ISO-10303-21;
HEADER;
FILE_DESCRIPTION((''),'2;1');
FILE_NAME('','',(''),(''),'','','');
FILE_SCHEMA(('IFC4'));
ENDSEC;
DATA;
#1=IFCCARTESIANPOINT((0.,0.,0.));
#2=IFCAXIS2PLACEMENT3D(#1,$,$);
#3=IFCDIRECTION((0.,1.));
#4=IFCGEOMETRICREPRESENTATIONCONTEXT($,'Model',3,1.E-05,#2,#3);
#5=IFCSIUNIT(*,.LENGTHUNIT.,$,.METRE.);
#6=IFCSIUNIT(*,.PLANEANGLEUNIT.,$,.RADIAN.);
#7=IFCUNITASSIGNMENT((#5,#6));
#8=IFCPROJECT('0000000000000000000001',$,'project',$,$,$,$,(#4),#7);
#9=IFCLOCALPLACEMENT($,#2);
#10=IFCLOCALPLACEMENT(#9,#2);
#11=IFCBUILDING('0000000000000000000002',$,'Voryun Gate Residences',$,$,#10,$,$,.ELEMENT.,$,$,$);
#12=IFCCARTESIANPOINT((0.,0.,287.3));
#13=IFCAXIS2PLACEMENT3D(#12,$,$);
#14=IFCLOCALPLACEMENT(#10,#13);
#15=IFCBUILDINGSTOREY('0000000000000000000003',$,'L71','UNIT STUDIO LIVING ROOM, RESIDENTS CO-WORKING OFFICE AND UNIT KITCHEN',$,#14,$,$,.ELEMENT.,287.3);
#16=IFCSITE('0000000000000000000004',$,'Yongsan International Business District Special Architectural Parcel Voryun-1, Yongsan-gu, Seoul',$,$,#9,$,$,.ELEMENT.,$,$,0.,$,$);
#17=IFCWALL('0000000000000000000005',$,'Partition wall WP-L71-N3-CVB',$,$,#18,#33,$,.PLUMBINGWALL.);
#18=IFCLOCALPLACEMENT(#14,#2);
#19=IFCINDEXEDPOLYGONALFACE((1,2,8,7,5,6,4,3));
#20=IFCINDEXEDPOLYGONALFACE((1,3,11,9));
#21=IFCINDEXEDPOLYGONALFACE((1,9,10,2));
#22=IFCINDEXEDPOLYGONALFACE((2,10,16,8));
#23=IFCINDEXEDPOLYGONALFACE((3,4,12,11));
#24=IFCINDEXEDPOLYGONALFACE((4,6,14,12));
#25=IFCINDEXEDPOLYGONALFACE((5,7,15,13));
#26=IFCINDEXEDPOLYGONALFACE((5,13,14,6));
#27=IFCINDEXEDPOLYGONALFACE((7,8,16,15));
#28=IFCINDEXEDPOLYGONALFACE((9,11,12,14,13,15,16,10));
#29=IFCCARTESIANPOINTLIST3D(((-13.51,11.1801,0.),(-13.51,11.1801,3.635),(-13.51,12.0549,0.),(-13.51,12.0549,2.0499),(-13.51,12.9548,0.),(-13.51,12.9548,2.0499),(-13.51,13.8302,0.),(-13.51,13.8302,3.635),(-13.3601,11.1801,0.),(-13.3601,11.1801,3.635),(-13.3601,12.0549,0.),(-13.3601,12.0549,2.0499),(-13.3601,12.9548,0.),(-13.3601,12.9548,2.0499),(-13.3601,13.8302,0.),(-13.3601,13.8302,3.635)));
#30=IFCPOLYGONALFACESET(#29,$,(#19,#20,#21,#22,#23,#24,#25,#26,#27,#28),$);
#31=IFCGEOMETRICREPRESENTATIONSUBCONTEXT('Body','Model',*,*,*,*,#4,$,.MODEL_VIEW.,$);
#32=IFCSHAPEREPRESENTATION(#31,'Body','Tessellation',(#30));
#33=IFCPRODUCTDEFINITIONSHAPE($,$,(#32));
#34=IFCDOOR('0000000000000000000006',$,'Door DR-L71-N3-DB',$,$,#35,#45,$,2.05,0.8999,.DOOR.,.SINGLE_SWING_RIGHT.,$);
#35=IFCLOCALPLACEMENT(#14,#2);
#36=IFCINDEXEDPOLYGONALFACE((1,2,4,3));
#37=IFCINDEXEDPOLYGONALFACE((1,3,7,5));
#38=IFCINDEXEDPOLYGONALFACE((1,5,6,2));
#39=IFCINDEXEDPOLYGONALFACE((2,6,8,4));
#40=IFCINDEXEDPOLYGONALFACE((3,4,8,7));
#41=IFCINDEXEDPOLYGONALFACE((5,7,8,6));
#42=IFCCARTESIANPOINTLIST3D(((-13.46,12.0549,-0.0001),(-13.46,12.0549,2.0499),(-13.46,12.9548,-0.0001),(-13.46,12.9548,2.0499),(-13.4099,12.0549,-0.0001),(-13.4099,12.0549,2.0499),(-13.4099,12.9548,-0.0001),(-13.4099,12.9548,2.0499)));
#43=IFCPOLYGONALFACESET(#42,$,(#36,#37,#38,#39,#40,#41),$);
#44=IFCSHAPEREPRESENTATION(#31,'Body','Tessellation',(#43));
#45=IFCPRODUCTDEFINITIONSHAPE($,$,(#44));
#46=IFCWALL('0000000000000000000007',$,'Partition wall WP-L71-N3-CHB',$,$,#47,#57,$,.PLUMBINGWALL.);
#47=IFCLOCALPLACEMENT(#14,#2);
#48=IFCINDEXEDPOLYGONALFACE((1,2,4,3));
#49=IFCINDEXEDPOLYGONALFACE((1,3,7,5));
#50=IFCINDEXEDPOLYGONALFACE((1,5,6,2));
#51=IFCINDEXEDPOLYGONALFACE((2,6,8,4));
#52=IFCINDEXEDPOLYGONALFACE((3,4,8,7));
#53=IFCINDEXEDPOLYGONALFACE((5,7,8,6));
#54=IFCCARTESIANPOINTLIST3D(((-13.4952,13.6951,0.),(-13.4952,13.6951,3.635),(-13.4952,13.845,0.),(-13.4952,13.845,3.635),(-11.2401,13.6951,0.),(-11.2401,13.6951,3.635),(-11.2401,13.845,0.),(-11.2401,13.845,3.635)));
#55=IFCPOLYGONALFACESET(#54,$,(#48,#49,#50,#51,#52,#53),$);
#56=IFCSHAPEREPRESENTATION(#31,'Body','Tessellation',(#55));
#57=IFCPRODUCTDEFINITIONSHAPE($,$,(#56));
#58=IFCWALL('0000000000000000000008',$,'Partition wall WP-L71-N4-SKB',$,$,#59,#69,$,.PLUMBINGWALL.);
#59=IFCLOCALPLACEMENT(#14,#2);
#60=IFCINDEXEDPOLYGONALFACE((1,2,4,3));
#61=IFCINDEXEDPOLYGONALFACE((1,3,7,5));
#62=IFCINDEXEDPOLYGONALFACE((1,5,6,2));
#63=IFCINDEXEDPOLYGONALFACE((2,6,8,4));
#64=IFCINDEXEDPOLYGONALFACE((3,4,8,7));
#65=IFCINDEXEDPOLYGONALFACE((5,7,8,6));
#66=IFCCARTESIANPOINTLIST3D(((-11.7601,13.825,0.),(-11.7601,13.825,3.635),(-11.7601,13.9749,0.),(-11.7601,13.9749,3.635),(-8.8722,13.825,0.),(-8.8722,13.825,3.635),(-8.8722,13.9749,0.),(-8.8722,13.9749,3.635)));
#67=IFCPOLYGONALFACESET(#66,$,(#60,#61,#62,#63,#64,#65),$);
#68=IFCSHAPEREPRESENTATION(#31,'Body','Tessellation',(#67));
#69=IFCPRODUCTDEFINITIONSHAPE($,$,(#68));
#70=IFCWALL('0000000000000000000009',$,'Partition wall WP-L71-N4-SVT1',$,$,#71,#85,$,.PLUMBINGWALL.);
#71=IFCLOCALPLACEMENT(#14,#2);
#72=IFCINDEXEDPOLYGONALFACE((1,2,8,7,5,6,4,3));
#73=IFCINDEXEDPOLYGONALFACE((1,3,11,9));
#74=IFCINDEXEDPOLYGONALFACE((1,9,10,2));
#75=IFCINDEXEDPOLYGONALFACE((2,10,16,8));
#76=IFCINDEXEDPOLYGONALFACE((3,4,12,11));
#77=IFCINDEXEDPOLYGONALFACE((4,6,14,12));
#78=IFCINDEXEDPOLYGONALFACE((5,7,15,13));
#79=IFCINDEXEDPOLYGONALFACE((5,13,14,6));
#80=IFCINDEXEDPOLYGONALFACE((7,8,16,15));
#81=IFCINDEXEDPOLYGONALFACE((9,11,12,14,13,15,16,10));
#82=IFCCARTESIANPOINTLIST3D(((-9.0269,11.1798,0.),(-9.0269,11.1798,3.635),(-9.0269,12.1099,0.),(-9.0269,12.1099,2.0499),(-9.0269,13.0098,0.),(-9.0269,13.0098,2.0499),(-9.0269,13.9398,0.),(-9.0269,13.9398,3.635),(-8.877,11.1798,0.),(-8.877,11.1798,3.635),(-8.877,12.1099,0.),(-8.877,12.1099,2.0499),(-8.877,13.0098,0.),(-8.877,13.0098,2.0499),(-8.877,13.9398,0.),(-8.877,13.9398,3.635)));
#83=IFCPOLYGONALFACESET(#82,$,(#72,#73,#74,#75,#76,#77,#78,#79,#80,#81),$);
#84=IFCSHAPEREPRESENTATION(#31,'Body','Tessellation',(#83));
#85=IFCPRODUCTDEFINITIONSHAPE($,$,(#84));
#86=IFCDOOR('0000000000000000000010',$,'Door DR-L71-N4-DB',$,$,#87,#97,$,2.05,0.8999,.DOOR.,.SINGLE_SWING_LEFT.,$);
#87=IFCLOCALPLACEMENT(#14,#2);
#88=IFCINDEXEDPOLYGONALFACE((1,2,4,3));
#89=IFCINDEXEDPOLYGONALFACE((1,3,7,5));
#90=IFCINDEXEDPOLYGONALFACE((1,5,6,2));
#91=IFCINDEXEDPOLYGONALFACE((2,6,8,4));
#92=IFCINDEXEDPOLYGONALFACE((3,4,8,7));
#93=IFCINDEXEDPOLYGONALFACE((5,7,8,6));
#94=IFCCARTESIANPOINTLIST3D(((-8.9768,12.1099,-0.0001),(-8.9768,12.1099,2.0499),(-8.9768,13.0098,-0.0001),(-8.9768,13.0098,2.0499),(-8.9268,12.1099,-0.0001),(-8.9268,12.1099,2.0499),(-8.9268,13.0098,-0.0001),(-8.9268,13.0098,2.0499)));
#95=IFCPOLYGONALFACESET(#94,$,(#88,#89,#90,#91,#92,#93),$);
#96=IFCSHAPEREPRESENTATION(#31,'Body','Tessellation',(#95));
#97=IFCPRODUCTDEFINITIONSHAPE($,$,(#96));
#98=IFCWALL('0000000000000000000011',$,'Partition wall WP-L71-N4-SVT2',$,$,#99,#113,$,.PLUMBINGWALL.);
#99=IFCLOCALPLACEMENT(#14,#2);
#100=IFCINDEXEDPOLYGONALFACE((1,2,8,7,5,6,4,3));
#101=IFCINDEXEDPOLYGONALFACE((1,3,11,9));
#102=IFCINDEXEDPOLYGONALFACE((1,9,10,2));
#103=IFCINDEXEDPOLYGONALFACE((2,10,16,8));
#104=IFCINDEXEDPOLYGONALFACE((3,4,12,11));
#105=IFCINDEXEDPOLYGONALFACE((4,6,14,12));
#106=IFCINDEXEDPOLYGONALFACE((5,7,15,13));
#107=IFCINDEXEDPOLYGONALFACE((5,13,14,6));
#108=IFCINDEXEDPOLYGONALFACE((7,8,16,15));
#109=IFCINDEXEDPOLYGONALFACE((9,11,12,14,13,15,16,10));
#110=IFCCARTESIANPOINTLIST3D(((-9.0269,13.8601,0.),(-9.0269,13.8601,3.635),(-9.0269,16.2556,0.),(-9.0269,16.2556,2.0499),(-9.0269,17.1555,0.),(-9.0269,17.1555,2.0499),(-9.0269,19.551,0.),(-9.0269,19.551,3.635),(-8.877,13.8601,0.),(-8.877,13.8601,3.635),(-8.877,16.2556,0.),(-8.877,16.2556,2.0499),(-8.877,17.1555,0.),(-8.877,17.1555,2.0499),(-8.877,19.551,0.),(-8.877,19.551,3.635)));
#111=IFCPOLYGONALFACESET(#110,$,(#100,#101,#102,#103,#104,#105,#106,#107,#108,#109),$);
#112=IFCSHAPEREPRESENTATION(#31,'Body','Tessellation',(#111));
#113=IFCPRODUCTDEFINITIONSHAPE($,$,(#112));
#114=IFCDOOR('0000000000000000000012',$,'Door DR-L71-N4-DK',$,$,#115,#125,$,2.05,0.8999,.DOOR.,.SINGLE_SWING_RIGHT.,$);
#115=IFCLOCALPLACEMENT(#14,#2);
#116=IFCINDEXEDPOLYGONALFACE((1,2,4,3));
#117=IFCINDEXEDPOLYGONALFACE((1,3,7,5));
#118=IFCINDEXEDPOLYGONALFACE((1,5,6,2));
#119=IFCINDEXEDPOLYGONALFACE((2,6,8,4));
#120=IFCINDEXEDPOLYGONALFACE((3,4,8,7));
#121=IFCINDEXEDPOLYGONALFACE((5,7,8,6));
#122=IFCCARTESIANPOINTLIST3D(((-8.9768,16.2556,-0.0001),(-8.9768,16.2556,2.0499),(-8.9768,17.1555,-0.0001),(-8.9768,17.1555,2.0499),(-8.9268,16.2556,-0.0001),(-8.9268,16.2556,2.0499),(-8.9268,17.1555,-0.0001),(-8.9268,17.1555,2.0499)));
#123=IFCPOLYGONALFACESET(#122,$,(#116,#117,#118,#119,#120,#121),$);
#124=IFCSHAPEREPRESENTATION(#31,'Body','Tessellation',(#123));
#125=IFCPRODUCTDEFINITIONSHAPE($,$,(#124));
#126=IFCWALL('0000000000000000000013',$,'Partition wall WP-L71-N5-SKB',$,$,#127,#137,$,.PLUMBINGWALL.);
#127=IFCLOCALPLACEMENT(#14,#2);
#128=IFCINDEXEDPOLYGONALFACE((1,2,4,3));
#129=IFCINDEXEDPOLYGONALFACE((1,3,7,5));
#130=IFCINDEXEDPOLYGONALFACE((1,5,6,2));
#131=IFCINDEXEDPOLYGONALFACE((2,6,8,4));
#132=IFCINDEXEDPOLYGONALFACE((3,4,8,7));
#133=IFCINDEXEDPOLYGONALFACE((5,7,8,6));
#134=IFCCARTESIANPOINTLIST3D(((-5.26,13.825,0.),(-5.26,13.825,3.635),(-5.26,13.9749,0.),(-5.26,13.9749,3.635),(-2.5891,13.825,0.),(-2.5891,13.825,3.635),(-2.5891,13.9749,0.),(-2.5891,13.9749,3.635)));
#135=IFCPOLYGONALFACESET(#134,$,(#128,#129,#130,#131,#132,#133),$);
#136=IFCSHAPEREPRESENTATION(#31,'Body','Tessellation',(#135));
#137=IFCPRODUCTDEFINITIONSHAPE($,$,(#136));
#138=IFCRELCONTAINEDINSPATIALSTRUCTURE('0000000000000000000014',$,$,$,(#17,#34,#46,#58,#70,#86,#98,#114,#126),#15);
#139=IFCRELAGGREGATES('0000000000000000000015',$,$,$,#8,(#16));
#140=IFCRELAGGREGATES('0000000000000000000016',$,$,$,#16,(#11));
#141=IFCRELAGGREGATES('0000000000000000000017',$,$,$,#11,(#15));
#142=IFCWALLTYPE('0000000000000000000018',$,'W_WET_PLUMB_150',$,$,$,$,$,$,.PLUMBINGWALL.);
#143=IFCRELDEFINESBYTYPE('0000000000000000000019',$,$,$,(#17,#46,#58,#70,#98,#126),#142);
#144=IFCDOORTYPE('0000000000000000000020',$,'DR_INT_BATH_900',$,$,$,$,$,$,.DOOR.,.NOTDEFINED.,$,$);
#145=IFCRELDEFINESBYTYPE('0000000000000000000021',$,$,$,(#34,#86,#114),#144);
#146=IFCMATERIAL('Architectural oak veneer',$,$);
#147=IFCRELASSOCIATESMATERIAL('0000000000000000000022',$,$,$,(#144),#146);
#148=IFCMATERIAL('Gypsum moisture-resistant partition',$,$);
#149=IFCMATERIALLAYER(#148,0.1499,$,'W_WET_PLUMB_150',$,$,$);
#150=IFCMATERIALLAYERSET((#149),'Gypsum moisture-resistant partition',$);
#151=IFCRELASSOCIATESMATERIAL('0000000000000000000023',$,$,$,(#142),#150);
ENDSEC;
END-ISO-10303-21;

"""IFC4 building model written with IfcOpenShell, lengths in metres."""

from ifc_helpers import new_model, si_unit, direction, frame, frame_2d, origin, place, context, subcontext, project, spatial, rectangle, extrude, material, layer, layer_set, type_object, element, fill, save


model = new_model("IFC4")

# Units and contexts
model_context = context("Model", 3, precision=1e-05, world=origin(), true_north=direction((0.0, 1.0)))
body_context = subcontext(model_context, "Body", "Model", "MODEL_VIEW")
ifc_project = project(units=[si_unit("LENGTHUNIT", "METRE"), si_unit("PLANEANGLEUNIT", "RADIAN")], contexts=[model_context])

# Site, building, storey
site_placement = place(None, origin())
site = spatial("IfcSite", under=ifc_project, at=site_placement, Name="Yongsan International Business District Special Architectural Parcel Voryun-1, Yongsan-gu, Seoul", CompositionType="ELEMENT", RefElevation=0.0)
building_placement = place(site_placement, origin())
building = spatial("IfcBuilding", under=site, at=building_placement, Name="Voryun Gate Residences", CompositionType="ELEMENT")
storey_placement = place(building_placement, frame((0.0, 0.0, 287.3)))
storey = spatial("IfcBuildingStorey", under=building, at=storey_placement, Name="L71", Description="UNIT STUDIO LIVING ROOM, RESIDENTS CO-WORKING OFFICE AND UNIT KITCHEN", CompositionType="ELEMENT", Elevation=287.3)

# Shared definitions
ifc_material_1 = material(Name="Architectural oak veneer")
door_type_1 = type_object("IfcDoorType", Name="DR_INT_BATH_900", OperationType="NOTDEFINED", PredefinedType="DOOR", material=ifc_material_1)

# Wall, opening, door
ifc_material_2 = material(Name="Gypsum moisture-resistant partition")
ifc_layer_1 = layer(ifc_material_2, 0.1499, Name="W_WET_PLUMB_150")
ifc_layer_set_1 = layer_set([ifc_layer_1], Name="Gypsum moisture-resistant partition")
wall_type_1 = type_object("IfcWallType", Name="W_WET_PLUMB_150", PredefinedType="PLUMBINGWALL", material=ifc_layer_set_1)
wall_1_placement = place(storey_placement, frame((-13.4351, 11.1799, 0.0), z_axis=(0.0, 0.0, 1.0), x_axis=(0.0, 1.0, 0.0)))
wall_1 = element("IfcWall", 1, at=wall_1_placement, inside=storey, type_object=wall_type_1, Name="Partition wall WP-L71-N3-CVB", PredefinedType="PLUMBINGWALL", context=body_context, shape_type="SweptSolid", body=[
    extrude(rectangle(XDim=2.6501, YDim=0.1499, at=frame_2d((1.3252, 0.0))), origin(), (0.0, 0.0, 1.0), 3.635),
])
opening_1_placement = place(wall_1_placement, frame((0.875, 0.0, 0.0)))
opening_1 = element("IfcOpeningElement", 2, at=opening_1_placement, cuts=wall_1, PredefinedType="OPENING", context=body_context, shape_type="SweptSolid", body=[
    extrude(rectangle(XDim=0.8999, YDim=2.05, at=frame_2d((0.45, 1.0249))), frame((0.0, 0.085, 0.0), z_axis=(0.0, -1.0, 0.0), x_axis=(1.0, 0.0, 0.0)), (0.0, 0.0, 1.0), 0.1699),
])
door_1_placement = place(opening_1_placement, origin())
door_1 = element("IfcDoor", 3, at=door_1_placement, inside=storey, type_object=door_type_1, Name="Door DR-L71-N3-DB", OperationType="SINGLE_SWING_RIGHT", OverallHeight=2.05, OverallWidth=0.8999, PredefinedType="DOOR", context=body_context, shape_type="SweptSolid", body=[
    extrude(rectangle(XDim=0.8999, YDim=2.05, at=frame_2d((0.45, 1.0249))), frame((0.0, 0.0249, 0.0), z_axis=(0.0, -1.0, 0.0), x_axis=(1.0, 0.0, 0.0)), (0.0, 0.0, 1.0), 0.05),
])
fill(opening_1, door_1)

# Walls
wall_2_placement = place(storey_placement, frame((-13.4951, 13.77, 0.0), z_axis=(0.0, 0.0, 1.0), x_axis=(1.0, 0.0, 0.0)))
element("IfcWall", 4, at=wall_2_placement, inside=storey, type_object=wall_type_1, Name="Partition wall WP-L71-N3-CHB", PredefinedType="PLUMBINGWALL", context=body_context, shape_type="SweptSolid", body=[
    extrude(rectangle(XDim=2.2551, YDim=0.1499, at=frame_2d((1.1274, 0.0))), origin(), (0.0, 0.0, 1.0), 3.635),
])
wall_3_placement = place(storey_placement, frame((-11.76, 13.8999, 0.0), z_axis=(0.0, 0.0, 1.0), x_axis=(1.0, 0.0, 0.0)))
element("IfcWall", 5, at=wall_3_placement, inside=storey, type_object=wall_type_1, Name="Partition wall WP-L71-N4-SKB", PredefinedType="PLUMBINGWALL", context=body_context, shape_type="SweptSolid", body=[
    extrude(rectangle(XDim=2.8879, YDim=0.1499, at=frame_2d((1.4438, 0.0))), origin(), (0.0, 0.0, 1.0), 3.635),
])

# Walls, openings, doors
wall_4_placement = place(storey_placement, frame((-8.9519, 11.1799, 0.0), z_axis=(0.0, 0.0, 1.0), x_axis=(0.0, 1.0, 0.0)))
wall_4 = element("IfcWall", 6, at=wall_4_placement, inside=storey, type_object=wall_type_1, Name="Partition wall WP-L71-N4-SVT1", PredefinedType="PLUMBINGWALL", context=body_context, shape_type="SweptSolid", body=[
    extrude(rectangle(XDim=2.76, YDim=0.1499, at=frame_2d((1.3799, 0.0))), origin(), (0.0, 0.0, 1.0), 3.635),
])
opening_2_placement = place(wall_4_placement, frame((0.9299, 0.0, 0.0)))
opening_2 = element("IfcOpeningElement", 7, at=opening_2_placement, cuts=wall_4, PredefinedType="OPENING", context=body_context, shape_type="SweptSolid", body=[
    extrude(rectangle(XDim=0.8999, YDim=2.05, at=frame_2d((0.45, 1.0249))), frame((0.0, 0.085, 0.0), z_axis=(0.0, -1.0, 0.0), x_axis=(1.0, 0.0, 0.0)), (0.0, 0.0, 1.0), 0.1699),
])
door_2_placement = place(opening_2_placement, origin())
door_2 = element("IfcDoor", 8, at=door_2_placement, inside=storey, type_object=door_type_1, Name="Door DR-L71-N4-DB", OperationType="SINGLE_SWING_LEFT", OverallHeight=2.05, OverallWidth=0.8999, PredefinedType="DOOR", context=body_context, shape_type="SweptSolid", body=[
    extrude(rectangle(XDim=0.8999, YDim=2.05, at=frame_2d((0.45, 1.0249))), frame((0.0, 0.0249, 0.0), z_axis=(0.0, -1.0, 0.0), x_axis=(1.0, 0.0, 0.0)), (0.0, 0.0, 1.0), 0.05),
])
fill(opening_2, door_2)
wall_5_placement = place(storey_placement, frame((-8.9519, 13.8601, 0.0), z_axis=(0.0, 0.0, 1.0), x_axis=(0.0, 1.0, 0.0)))
wall_5 = element("IfcWall", 9, at=wall_5_placement, inside=storey, type_object=wall_type_1, Name="Partition wall WP-L71-N4-SVT2", PredefinedType="PLUMBINGWALL", context=body_context, shape_type="SweptSolid", body=[
    extrude(rectangle(XDim=5.6909, YDim=0.1499, at=frame_2d((2.8455, 0.0))), origin(), (0.0, 0.0, 1.0), 3.635),
])
opening_3_placement = place(wall_5_placement, frame((2.3955, 0.0, 0.0)))
opening_3 = element("IfcOpeningElement", 10, at=opening_3_placement, cuts=wall_5, PredefinedType="OPENING", context=body_context, shape_type="SweptSolid", body=[
    extrude(rectangle(XDim=0.8999, YDim=2.05, at=frame_2d((0.45, 1.0249))), frame((0.0, 0.085, 0.0), z_axis=(0.0, -1.0, 0.0), x_axis=(1.0, 0.0, 0.0)), (0.0, 0.0, 1.0), 0.1699),
])
door_3_placement = place(opening_3_placement, origin())
door_3 = element("IfcDoor", 11, at=door_3_placement, inside=storey, type_object=door_type_1, Name="Door DR-L71-N4-DK", OperationType="SINGLE_SWING_RIGHT", OverallHeight=2.05, OverallWidth=0.8999, PredefinedType="DOOR", context=body_context, shape_type="SweptSolid", body=[
    extrude(rectangle(XDim=0.8999, YDim=2.05, at=frame_2d((0.45, 1.0249))), frame((0.0, 0.0249, 0.0), z_axis=(0.0, -1.0, 0.0), x_axis=(1.0, 0.0, 0.0)), (0.0, 0.0, 1.0), 0.05),
])
fill(opening_3, door_3)

# Wall
wall_6_placement = place(storey_placement, frame((-5.26, 13.8999, 0.0), z_axis=(0.0, 0.0, 1.0), x_axis=(1.0, 0.0, 0.0)))
element("IfcWall", 12, at=wall_6_placement, inside=storey, type_object=wall_type_1, Name="Partition wall WP-L71-N5-SKB", PredefinedType="PLUMBINGWALL", context=body_context, shape_type="SweptSolid", body=[
    extrude(rectangle(XDim=2.6709, YDim=0.1499, at=frame_2d((1.3354, 0.0))), origin(), (0.0, 0.0, 1.0), 3.635),
])

save(model, "model.ifc")
